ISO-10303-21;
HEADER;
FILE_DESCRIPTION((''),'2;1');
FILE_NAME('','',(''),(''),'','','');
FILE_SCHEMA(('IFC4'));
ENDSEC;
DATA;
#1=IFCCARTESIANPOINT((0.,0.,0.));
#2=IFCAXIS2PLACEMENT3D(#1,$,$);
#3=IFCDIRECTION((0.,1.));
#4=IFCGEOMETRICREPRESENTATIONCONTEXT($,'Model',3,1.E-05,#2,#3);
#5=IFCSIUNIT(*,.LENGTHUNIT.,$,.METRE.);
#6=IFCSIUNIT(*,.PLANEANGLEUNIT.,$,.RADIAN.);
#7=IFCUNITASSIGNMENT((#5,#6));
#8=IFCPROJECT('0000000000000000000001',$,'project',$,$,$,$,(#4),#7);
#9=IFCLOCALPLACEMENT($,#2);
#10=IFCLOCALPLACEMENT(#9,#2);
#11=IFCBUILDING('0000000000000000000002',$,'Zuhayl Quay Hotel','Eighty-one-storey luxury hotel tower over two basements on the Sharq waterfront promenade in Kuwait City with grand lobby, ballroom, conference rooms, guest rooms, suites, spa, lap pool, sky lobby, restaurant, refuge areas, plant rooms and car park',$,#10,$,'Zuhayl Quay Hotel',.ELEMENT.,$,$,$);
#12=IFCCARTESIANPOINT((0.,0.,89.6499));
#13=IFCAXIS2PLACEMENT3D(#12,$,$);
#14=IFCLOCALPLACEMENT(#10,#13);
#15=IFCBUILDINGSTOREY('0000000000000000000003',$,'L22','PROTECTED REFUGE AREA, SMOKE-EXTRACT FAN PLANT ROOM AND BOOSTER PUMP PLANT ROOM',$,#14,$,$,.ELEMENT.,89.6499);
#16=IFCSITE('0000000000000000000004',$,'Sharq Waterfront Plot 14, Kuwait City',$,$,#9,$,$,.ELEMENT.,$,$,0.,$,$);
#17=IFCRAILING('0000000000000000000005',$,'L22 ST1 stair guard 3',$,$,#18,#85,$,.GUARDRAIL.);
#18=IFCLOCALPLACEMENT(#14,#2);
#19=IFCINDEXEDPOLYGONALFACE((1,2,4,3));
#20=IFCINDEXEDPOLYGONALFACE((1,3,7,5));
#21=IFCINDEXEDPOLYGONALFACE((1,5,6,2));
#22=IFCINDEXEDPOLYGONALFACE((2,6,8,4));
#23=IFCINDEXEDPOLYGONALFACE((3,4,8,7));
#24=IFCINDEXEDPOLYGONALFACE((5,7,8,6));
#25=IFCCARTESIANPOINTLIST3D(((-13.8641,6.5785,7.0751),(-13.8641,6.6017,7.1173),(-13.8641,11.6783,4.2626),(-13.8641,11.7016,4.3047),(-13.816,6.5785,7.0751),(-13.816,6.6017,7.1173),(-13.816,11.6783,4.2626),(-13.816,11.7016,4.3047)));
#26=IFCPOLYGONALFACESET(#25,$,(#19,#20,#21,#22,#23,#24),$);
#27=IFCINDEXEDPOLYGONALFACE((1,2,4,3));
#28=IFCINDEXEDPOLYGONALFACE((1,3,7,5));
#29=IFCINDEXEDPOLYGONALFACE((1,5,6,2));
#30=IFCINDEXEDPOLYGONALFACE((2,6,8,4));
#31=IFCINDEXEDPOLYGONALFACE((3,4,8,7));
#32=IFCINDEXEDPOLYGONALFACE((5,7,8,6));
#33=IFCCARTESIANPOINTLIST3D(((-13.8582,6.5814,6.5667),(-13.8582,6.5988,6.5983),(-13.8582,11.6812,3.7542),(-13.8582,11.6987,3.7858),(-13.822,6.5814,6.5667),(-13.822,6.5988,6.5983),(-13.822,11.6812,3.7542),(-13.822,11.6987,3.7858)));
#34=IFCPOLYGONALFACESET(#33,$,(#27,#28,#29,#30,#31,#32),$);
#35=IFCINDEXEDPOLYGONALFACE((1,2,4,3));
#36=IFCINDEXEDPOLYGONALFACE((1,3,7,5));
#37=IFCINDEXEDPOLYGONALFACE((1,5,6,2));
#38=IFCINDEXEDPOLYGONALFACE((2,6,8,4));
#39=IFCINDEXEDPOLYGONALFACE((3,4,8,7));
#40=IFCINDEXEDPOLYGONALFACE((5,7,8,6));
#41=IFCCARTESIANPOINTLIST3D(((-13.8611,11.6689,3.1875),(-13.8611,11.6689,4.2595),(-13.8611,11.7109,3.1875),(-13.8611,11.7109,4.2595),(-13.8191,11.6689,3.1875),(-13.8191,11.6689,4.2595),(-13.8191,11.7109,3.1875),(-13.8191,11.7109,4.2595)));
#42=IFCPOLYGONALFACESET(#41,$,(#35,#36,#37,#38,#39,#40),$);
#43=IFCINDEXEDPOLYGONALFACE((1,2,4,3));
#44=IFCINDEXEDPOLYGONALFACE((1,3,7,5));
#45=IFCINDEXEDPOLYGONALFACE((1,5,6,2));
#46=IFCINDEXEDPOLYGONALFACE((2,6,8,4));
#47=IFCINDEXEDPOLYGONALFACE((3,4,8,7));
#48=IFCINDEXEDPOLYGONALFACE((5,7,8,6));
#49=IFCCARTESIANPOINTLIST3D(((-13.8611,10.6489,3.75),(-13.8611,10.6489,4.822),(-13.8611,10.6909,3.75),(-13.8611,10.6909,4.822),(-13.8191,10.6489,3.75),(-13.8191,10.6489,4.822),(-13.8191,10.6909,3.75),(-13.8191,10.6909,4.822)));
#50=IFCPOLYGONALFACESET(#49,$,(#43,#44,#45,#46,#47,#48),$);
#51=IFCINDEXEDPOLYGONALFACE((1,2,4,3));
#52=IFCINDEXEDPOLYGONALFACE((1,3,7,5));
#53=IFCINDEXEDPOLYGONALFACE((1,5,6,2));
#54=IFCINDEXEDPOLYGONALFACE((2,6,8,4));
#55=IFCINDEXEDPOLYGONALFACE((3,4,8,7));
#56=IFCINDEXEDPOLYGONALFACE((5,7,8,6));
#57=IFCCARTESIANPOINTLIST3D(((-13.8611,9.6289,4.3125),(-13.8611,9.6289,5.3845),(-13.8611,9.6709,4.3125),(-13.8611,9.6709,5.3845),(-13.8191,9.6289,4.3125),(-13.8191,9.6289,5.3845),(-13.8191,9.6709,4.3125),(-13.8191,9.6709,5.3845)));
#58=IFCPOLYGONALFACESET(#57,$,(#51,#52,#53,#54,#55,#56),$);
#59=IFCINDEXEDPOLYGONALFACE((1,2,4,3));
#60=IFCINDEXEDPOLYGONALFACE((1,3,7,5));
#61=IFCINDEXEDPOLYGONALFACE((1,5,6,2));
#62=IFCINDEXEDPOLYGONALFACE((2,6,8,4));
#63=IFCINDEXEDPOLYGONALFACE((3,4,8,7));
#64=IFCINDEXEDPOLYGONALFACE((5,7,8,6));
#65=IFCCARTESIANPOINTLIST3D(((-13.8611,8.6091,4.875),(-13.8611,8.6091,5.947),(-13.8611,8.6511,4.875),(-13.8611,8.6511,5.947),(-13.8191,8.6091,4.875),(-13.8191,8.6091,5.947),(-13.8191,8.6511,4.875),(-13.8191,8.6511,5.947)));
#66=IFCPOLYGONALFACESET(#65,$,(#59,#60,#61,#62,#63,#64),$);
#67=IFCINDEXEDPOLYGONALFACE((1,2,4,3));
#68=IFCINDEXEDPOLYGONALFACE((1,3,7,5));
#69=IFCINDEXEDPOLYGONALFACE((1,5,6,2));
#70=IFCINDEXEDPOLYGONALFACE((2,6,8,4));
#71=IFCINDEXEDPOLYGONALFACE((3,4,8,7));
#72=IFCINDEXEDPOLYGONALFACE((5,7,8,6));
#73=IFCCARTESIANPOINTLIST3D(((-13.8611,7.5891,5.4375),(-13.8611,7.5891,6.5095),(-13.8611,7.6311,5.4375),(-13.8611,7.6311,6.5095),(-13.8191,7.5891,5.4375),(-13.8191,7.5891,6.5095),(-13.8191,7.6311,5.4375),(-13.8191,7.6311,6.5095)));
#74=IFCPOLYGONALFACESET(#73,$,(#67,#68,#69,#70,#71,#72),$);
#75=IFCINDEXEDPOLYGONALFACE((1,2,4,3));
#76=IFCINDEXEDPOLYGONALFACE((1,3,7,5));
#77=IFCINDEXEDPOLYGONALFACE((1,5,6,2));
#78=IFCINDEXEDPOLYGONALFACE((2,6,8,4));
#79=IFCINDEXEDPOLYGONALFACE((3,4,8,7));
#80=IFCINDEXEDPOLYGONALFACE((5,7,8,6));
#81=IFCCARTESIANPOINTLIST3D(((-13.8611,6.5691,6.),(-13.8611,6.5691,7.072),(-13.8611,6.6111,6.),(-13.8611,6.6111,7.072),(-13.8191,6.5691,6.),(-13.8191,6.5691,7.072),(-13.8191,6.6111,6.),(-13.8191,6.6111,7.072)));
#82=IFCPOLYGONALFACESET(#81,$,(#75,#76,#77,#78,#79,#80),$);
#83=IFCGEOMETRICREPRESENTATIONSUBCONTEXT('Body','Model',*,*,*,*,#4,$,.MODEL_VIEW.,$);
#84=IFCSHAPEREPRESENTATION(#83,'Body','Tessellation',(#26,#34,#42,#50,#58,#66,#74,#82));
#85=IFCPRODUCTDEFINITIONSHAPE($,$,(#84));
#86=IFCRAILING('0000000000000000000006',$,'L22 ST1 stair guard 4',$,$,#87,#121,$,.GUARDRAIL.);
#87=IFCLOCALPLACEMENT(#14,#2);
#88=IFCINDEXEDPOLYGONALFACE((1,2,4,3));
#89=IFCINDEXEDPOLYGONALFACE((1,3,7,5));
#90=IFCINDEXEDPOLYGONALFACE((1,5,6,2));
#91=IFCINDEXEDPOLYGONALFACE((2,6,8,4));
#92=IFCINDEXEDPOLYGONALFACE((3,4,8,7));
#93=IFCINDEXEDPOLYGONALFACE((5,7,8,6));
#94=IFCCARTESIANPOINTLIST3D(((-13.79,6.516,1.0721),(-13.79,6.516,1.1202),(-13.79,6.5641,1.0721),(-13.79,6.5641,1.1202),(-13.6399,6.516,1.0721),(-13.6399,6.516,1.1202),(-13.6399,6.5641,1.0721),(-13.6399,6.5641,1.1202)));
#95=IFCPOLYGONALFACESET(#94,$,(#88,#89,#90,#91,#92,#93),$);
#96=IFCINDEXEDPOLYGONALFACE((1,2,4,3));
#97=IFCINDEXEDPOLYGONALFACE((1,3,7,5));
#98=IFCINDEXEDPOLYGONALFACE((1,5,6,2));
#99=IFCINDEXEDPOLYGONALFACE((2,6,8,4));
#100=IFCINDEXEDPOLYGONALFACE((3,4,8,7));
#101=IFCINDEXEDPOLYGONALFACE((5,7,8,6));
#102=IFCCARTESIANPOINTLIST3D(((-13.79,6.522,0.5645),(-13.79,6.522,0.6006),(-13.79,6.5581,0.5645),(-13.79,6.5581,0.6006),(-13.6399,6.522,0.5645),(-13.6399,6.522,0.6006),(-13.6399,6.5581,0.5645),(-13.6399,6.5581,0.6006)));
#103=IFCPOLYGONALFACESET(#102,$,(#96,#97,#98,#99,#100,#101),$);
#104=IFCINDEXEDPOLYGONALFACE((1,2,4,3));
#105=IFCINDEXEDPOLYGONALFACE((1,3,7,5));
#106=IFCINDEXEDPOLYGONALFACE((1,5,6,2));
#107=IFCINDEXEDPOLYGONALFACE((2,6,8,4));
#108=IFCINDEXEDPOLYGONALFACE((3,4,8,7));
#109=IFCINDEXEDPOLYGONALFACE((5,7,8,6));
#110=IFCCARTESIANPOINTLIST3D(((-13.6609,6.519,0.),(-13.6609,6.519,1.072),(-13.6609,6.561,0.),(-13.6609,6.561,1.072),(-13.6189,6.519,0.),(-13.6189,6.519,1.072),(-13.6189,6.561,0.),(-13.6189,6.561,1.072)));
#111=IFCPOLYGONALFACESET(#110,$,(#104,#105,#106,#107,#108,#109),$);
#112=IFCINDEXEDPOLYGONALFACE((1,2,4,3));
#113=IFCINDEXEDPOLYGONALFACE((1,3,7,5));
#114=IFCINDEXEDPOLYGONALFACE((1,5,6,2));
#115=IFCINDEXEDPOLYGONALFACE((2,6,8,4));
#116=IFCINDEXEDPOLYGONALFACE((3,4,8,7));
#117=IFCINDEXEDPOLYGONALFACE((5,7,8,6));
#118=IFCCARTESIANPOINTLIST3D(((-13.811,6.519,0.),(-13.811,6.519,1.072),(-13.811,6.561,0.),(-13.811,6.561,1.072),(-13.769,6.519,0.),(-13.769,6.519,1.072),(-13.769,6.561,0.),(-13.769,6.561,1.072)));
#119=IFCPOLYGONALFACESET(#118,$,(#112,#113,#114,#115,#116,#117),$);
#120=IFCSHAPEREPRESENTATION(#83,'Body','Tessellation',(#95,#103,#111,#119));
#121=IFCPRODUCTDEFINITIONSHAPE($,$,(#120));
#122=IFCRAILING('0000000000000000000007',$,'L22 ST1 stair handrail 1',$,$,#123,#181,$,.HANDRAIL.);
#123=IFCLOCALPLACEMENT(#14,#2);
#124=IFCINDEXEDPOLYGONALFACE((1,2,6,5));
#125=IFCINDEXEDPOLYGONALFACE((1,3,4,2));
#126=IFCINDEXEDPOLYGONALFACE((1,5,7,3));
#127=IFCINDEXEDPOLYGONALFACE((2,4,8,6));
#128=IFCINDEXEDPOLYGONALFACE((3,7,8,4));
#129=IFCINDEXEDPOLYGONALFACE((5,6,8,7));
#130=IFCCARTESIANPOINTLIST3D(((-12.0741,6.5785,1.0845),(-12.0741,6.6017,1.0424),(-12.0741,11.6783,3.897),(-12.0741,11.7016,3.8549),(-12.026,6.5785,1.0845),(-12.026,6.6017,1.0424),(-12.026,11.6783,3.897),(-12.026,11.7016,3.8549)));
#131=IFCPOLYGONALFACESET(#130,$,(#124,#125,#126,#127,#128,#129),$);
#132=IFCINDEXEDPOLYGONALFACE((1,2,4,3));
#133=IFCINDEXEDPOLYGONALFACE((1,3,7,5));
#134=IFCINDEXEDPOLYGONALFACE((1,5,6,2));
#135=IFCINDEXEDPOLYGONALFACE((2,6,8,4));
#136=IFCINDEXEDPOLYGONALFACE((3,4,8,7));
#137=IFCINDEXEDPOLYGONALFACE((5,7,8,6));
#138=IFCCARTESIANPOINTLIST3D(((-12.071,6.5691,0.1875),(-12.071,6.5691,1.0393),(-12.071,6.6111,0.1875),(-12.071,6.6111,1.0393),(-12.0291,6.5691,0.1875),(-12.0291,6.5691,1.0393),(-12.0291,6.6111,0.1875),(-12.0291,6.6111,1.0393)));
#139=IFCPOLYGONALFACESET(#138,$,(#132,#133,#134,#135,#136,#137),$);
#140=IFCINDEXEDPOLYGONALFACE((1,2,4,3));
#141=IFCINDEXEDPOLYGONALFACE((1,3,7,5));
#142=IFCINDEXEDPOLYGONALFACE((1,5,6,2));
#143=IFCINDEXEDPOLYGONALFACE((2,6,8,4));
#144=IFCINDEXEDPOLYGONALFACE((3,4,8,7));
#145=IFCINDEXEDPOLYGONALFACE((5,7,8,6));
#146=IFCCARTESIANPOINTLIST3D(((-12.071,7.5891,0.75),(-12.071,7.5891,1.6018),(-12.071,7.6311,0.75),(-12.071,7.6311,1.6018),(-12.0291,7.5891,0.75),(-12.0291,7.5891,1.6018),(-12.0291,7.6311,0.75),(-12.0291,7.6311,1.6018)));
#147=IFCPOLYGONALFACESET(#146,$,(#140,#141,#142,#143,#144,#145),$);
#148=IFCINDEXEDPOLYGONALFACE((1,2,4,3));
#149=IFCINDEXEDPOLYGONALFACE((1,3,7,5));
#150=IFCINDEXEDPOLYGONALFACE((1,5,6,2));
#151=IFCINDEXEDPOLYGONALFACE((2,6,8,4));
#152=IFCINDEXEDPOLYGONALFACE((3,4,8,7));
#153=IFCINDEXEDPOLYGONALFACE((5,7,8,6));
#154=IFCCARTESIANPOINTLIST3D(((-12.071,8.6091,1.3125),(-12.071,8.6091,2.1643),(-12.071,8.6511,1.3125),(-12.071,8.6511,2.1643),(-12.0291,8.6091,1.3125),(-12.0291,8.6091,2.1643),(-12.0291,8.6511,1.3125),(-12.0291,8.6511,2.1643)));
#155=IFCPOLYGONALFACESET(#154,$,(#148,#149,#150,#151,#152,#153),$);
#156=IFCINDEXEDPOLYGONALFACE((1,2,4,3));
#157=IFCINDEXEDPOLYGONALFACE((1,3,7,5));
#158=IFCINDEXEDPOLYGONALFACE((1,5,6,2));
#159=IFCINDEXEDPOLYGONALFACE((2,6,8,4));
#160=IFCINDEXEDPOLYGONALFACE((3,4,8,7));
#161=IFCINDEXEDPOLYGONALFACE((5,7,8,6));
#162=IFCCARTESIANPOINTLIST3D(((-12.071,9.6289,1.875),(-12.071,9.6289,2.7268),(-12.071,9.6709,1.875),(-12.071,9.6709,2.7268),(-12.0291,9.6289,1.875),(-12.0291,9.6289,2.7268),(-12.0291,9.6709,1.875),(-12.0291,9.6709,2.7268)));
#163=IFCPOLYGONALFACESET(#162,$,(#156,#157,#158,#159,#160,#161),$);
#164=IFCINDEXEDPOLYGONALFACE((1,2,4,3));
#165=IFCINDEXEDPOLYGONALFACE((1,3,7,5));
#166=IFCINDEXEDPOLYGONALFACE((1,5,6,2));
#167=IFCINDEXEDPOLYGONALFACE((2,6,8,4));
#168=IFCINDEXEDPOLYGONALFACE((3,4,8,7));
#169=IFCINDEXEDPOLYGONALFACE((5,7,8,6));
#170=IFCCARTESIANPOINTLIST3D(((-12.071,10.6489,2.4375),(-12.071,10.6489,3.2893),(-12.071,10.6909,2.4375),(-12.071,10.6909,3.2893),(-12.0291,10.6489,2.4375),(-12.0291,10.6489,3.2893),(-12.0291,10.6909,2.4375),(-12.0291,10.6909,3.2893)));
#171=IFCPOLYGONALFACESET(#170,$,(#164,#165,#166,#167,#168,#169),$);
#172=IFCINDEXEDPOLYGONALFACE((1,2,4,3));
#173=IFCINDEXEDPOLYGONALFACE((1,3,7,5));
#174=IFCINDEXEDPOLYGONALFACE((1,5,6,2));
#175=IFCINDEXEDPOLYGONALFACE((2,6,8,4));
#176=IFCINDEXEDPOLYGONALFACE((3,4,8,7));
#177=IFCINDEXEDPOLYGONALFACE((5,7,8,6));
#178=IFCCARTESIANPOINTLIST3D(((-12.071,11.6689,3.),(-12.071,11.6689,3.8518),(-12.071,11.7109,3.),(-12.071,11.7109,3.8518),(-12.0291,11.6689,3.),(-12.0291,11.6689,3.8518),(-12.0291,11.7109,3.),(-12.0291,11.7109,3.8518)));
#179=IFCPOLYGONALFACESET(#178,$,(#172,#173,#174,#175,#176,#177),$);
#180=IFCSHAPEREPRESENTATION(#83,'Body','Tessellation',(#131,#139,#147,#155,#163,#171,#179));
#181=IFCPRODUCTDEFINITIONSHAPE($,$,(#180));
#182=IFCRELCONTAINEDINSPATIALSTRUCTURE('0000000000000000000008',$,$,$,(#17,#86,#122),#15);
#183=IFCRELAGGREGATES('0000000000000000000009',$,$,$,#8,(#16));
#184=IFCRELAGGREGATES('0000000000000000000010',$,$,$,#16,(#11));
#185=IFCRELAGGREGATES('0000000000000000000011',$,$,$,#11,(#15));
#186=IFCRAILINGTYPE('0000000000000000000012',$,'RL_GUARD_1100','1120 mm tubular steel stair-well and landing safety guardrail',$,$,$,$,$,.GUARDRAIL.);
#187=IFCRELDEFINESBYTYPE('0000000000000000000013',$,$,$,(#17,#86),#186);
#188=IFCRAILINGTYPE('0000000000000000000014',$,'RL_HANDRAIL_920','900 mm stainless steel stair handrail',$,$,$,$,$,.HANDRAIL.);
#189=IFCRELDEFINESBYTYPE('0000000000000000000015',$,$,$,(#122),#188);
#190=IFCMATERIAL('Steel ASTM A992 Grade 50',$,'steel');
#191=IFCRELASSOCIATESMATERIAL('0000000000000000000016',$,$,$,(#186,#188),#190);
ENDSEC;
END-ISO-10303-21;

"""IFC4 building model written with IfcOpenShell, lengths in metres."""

from ifc_helpers import new_model, si_unit, direction, frame, origin, origin_2d, place, context, subcontext, project, spatial, rectangle, extrude, material, type_object, element, save


model = new_model("IFC4")

# Units and contexts
model_context = context("Model", 3, precision=1e-05, world=origin(), true_north=direction((0.0, 1.0)))
body_context = subcontext(model_context, "Body", "Model", "MODEL_VIEW")
ifc_project = project(units=[si_unit("LENGTHUNIT", "METRE"), si_unit("PLANEANGLEUNIT", "RADIAN")], contexts=[model_context])

# Site, building, storey
site_placement = place(None, origin())
site = spatial("IfcSite", under=ifc_project, at=site_placement, Name="Sharq Waterfront Plot 14, Kuwait City", CompositionType="ELEMENT", RefElevation=0.0)
building_placement = place(site_placement, origin())
building = spatial("IfcBuilding", under=site, at=building_placement, Name="Zuhayl Quay Hotel", Description="Eighty-one-storey luxury hotel tower over two basements on the Sharq waterfront promenade in Kuwait City with grand lobby, ballroom, conference rooms, guest rooms, suites, spa, lap pool, sky lobby, restaurant, refuge areas, plant rooms and car park", LongName="Zuhayl Quay Hotel", CompositionType="ELEMENT")
storey_placement = place(building_placement, frame((0.0, 0.0, 89.6499)))
storey = spatial("IfcBuildingStorey", under=building, at=storey_placement, Name="L22", Description="PROTECTED REFUGE AREA, SMOKE-EXTRACT FAN PLANT ROOM AND BOOSTER PUMP PLANT ROOM", CompositionType="ELEMENT", Elevation=89.6499)

# Shared definitions
ifc_material_1 = material(Name="Steel ASTM A992 Grade 50", Category="steel")

# Railings
railing_type_1 = type_object("IfcRailingType", Name="RL_GUARD_1100", Description="1120 mm tubular steel stair-well and landing safety guardrail", PredefinedType="GUARDRAIL", material=ifc_material_1)
railing_1_placement = place(storey_placement, frame((-13.8401, 11.6899, 3.1875)))
element("IfcRailing", 1, at=railing_1_placement, inside=storey, type_object=railing_type_1, Name="L22 ST1 stair guard 3", PredefinedType="GUARDRAIL", context=body_context, shape_type="SweptSolid", body=[
    extrude(rectangle(XDim=0.0481, YDim=0.0481, at=origin_2d()), frame((0.0, 0.0, 1.0962), z_axis=(0.0, -0.875666, 0.482918), x_axis=(1.0, 0.0, 0.0)), (0.0, 0.0, 1.0), 5.824),
    extrude(rectangle(XDim=0.0361, YDim=0.0361, at=origin_2d()), frame((0.0, 0.0, 0.5825), z_axis=(0.0, -0.875666, 0.482918), x_axis=(1.0, 0.0, 0.0)), (0.0, 0.0, 1.0), 5.824),
    extrude(rectangle(XDim=0.042, YDim=0.042, at=origin_2d()), origin(), (0.0, 0.0, 1.0), 1.072),
    extrude(rectangle(XDim=0.042, YDim=0.042, at=origin_2d()), frame((0.0, -1.02, 0.5625)), (0.0, 0.0, 1.0), 1.072),
    extrude(rectangle(XDim=0.042, YDim=0.042, at=origin_2d()), frame((0.0, -2.04, 1.125)), (0.0, 0.0, 1.0), 1.072),
    extrude(rectangle(XDim=0.042, YDim=0.042, at=origin_2d()), frame((0.0, -3.0598, 1.6875)), (0.0, 0.0, 1.0), 1.072),
    extrude(rectangle(XDim=0.042, YDim=0.042, at=origin_2d()), frame((0.0, -4.0798, 2.25)), (0.0, 0.0, 1.0), 1.072),
    extrude(rectangle(XDim=0.042, YDim=0.042, at=origin_2d()), frame((0.0, -5.0999, 2.8125)), (0.0, 0.0, 1.0), 1.072),
])
railing_2_placement = place(storey_placement, frame((-13.6399, 6.54, 0.0)))
element("IfcRailing", 2, at=railing_2_placement, inside=storey, type_object=railing_type_1, Name="L22 ST1 stair guard 4", PredefinedType="GUARDRAIL", context=body_context, shape_type="SweptSolid", body=[
    extrude(rectangle(XDim=0.0481, YDim=0.0481, at=origin_2d()), frame((0.0, 0.0, 1.0962), z_axis=(-1.0, 0.0, 0.0), x_axis=(0.0, -1.0, 0.0)), (0.0, 0.0, 1.0), 0.1501),
    extrude(rectangle(XDim=0.0361, YDim=0.0361, at=origin_2d()), frame((0.0, 0.0, 0.5825), z_axis=(-1.0, 0.0, 0.0), x_axis=(0.0, -1.0, 0.0)), (0.0, 0.0, 1.0), 0.1501),
    extrude(rectangle(XDim=0.042, YDim=0.042, at=origin_2d()), origin(), (0.0, 0.0, 1.0), 1.072),
    extrude(rectangle(XDim=0.042, YDim=0.042, at=origin_2d()), frame((-0.1501, 0.0, 0.0)), (0.0, 0.0, 1.0), 1.072),
])
railing_type_2 = type_object("IfcRailingType", Name="RL_HANDRAIL_920", Description="900 mm stainless steel stair handrail", PredefinedType="HANDRAIL", material=ifc_material_1)
railing_3_placement = place(storey_placement, frame((-12.05, 6.5901, 0.1875)))
element("IfcRailing", 3, at=railing_3_placement, inside=storey, type_object=railing_type_2, Name="L22 ST1 stair handrail 1", PredefinedType="HANDRAIL", context=body_context, shape_type="SweptSolid", body=[
    extrude(rectangle(XDim=0.0481, YDim=0.0481, at=origin_2d()), frame((0.0, 0.0, 0.876), z_axis=(0.0, 0.875666, 0.482918), x_axis=(-1.0, 0.0, 0.0)), (0.0, 0.0, 1.0), 5.824),
    extrude(rectangle(XDim=0.042, YDim=0.042, at=origin_2d()), origin(), (0.0, 0.0, 1.0), 0.8518),
    extrude(rectangle(XDim=0.042, YDim=0.042, at=origin_2d()), frame((0.0, 1.02, 0.5625)), (0.0, 0.0, 1.0), 0.8518),
    extrude(rectangle(XDim=0.042, YDim=0.042, at=origin_2d()), frame((0.0, 2.04, 1.125)), (0.0, 0.0, 1.0), 0.8518),
    extrude(rectangle(XDim=0.042, YDim=0.042, at=origin_2d()), frame((0.0, 3.0598, 1.6875)), (0.0, 0.0, 1.0), 0.8518),
    extrude(rectangle(XDim=0.042, YDim=0.042, at=origin_2d()), frame((0.0, 4.0798, 2.25)), (0.0, 0.0, 1.0), 0.8518),
    extrude(rectangle(XDim=0.042, YDim=0.042, at=origin_2d()), frame((0.0, 5.0999, 2.8125)), (0.0, 0.0, 1.0), 0.8518),
])

save(model, "model.ifc")
